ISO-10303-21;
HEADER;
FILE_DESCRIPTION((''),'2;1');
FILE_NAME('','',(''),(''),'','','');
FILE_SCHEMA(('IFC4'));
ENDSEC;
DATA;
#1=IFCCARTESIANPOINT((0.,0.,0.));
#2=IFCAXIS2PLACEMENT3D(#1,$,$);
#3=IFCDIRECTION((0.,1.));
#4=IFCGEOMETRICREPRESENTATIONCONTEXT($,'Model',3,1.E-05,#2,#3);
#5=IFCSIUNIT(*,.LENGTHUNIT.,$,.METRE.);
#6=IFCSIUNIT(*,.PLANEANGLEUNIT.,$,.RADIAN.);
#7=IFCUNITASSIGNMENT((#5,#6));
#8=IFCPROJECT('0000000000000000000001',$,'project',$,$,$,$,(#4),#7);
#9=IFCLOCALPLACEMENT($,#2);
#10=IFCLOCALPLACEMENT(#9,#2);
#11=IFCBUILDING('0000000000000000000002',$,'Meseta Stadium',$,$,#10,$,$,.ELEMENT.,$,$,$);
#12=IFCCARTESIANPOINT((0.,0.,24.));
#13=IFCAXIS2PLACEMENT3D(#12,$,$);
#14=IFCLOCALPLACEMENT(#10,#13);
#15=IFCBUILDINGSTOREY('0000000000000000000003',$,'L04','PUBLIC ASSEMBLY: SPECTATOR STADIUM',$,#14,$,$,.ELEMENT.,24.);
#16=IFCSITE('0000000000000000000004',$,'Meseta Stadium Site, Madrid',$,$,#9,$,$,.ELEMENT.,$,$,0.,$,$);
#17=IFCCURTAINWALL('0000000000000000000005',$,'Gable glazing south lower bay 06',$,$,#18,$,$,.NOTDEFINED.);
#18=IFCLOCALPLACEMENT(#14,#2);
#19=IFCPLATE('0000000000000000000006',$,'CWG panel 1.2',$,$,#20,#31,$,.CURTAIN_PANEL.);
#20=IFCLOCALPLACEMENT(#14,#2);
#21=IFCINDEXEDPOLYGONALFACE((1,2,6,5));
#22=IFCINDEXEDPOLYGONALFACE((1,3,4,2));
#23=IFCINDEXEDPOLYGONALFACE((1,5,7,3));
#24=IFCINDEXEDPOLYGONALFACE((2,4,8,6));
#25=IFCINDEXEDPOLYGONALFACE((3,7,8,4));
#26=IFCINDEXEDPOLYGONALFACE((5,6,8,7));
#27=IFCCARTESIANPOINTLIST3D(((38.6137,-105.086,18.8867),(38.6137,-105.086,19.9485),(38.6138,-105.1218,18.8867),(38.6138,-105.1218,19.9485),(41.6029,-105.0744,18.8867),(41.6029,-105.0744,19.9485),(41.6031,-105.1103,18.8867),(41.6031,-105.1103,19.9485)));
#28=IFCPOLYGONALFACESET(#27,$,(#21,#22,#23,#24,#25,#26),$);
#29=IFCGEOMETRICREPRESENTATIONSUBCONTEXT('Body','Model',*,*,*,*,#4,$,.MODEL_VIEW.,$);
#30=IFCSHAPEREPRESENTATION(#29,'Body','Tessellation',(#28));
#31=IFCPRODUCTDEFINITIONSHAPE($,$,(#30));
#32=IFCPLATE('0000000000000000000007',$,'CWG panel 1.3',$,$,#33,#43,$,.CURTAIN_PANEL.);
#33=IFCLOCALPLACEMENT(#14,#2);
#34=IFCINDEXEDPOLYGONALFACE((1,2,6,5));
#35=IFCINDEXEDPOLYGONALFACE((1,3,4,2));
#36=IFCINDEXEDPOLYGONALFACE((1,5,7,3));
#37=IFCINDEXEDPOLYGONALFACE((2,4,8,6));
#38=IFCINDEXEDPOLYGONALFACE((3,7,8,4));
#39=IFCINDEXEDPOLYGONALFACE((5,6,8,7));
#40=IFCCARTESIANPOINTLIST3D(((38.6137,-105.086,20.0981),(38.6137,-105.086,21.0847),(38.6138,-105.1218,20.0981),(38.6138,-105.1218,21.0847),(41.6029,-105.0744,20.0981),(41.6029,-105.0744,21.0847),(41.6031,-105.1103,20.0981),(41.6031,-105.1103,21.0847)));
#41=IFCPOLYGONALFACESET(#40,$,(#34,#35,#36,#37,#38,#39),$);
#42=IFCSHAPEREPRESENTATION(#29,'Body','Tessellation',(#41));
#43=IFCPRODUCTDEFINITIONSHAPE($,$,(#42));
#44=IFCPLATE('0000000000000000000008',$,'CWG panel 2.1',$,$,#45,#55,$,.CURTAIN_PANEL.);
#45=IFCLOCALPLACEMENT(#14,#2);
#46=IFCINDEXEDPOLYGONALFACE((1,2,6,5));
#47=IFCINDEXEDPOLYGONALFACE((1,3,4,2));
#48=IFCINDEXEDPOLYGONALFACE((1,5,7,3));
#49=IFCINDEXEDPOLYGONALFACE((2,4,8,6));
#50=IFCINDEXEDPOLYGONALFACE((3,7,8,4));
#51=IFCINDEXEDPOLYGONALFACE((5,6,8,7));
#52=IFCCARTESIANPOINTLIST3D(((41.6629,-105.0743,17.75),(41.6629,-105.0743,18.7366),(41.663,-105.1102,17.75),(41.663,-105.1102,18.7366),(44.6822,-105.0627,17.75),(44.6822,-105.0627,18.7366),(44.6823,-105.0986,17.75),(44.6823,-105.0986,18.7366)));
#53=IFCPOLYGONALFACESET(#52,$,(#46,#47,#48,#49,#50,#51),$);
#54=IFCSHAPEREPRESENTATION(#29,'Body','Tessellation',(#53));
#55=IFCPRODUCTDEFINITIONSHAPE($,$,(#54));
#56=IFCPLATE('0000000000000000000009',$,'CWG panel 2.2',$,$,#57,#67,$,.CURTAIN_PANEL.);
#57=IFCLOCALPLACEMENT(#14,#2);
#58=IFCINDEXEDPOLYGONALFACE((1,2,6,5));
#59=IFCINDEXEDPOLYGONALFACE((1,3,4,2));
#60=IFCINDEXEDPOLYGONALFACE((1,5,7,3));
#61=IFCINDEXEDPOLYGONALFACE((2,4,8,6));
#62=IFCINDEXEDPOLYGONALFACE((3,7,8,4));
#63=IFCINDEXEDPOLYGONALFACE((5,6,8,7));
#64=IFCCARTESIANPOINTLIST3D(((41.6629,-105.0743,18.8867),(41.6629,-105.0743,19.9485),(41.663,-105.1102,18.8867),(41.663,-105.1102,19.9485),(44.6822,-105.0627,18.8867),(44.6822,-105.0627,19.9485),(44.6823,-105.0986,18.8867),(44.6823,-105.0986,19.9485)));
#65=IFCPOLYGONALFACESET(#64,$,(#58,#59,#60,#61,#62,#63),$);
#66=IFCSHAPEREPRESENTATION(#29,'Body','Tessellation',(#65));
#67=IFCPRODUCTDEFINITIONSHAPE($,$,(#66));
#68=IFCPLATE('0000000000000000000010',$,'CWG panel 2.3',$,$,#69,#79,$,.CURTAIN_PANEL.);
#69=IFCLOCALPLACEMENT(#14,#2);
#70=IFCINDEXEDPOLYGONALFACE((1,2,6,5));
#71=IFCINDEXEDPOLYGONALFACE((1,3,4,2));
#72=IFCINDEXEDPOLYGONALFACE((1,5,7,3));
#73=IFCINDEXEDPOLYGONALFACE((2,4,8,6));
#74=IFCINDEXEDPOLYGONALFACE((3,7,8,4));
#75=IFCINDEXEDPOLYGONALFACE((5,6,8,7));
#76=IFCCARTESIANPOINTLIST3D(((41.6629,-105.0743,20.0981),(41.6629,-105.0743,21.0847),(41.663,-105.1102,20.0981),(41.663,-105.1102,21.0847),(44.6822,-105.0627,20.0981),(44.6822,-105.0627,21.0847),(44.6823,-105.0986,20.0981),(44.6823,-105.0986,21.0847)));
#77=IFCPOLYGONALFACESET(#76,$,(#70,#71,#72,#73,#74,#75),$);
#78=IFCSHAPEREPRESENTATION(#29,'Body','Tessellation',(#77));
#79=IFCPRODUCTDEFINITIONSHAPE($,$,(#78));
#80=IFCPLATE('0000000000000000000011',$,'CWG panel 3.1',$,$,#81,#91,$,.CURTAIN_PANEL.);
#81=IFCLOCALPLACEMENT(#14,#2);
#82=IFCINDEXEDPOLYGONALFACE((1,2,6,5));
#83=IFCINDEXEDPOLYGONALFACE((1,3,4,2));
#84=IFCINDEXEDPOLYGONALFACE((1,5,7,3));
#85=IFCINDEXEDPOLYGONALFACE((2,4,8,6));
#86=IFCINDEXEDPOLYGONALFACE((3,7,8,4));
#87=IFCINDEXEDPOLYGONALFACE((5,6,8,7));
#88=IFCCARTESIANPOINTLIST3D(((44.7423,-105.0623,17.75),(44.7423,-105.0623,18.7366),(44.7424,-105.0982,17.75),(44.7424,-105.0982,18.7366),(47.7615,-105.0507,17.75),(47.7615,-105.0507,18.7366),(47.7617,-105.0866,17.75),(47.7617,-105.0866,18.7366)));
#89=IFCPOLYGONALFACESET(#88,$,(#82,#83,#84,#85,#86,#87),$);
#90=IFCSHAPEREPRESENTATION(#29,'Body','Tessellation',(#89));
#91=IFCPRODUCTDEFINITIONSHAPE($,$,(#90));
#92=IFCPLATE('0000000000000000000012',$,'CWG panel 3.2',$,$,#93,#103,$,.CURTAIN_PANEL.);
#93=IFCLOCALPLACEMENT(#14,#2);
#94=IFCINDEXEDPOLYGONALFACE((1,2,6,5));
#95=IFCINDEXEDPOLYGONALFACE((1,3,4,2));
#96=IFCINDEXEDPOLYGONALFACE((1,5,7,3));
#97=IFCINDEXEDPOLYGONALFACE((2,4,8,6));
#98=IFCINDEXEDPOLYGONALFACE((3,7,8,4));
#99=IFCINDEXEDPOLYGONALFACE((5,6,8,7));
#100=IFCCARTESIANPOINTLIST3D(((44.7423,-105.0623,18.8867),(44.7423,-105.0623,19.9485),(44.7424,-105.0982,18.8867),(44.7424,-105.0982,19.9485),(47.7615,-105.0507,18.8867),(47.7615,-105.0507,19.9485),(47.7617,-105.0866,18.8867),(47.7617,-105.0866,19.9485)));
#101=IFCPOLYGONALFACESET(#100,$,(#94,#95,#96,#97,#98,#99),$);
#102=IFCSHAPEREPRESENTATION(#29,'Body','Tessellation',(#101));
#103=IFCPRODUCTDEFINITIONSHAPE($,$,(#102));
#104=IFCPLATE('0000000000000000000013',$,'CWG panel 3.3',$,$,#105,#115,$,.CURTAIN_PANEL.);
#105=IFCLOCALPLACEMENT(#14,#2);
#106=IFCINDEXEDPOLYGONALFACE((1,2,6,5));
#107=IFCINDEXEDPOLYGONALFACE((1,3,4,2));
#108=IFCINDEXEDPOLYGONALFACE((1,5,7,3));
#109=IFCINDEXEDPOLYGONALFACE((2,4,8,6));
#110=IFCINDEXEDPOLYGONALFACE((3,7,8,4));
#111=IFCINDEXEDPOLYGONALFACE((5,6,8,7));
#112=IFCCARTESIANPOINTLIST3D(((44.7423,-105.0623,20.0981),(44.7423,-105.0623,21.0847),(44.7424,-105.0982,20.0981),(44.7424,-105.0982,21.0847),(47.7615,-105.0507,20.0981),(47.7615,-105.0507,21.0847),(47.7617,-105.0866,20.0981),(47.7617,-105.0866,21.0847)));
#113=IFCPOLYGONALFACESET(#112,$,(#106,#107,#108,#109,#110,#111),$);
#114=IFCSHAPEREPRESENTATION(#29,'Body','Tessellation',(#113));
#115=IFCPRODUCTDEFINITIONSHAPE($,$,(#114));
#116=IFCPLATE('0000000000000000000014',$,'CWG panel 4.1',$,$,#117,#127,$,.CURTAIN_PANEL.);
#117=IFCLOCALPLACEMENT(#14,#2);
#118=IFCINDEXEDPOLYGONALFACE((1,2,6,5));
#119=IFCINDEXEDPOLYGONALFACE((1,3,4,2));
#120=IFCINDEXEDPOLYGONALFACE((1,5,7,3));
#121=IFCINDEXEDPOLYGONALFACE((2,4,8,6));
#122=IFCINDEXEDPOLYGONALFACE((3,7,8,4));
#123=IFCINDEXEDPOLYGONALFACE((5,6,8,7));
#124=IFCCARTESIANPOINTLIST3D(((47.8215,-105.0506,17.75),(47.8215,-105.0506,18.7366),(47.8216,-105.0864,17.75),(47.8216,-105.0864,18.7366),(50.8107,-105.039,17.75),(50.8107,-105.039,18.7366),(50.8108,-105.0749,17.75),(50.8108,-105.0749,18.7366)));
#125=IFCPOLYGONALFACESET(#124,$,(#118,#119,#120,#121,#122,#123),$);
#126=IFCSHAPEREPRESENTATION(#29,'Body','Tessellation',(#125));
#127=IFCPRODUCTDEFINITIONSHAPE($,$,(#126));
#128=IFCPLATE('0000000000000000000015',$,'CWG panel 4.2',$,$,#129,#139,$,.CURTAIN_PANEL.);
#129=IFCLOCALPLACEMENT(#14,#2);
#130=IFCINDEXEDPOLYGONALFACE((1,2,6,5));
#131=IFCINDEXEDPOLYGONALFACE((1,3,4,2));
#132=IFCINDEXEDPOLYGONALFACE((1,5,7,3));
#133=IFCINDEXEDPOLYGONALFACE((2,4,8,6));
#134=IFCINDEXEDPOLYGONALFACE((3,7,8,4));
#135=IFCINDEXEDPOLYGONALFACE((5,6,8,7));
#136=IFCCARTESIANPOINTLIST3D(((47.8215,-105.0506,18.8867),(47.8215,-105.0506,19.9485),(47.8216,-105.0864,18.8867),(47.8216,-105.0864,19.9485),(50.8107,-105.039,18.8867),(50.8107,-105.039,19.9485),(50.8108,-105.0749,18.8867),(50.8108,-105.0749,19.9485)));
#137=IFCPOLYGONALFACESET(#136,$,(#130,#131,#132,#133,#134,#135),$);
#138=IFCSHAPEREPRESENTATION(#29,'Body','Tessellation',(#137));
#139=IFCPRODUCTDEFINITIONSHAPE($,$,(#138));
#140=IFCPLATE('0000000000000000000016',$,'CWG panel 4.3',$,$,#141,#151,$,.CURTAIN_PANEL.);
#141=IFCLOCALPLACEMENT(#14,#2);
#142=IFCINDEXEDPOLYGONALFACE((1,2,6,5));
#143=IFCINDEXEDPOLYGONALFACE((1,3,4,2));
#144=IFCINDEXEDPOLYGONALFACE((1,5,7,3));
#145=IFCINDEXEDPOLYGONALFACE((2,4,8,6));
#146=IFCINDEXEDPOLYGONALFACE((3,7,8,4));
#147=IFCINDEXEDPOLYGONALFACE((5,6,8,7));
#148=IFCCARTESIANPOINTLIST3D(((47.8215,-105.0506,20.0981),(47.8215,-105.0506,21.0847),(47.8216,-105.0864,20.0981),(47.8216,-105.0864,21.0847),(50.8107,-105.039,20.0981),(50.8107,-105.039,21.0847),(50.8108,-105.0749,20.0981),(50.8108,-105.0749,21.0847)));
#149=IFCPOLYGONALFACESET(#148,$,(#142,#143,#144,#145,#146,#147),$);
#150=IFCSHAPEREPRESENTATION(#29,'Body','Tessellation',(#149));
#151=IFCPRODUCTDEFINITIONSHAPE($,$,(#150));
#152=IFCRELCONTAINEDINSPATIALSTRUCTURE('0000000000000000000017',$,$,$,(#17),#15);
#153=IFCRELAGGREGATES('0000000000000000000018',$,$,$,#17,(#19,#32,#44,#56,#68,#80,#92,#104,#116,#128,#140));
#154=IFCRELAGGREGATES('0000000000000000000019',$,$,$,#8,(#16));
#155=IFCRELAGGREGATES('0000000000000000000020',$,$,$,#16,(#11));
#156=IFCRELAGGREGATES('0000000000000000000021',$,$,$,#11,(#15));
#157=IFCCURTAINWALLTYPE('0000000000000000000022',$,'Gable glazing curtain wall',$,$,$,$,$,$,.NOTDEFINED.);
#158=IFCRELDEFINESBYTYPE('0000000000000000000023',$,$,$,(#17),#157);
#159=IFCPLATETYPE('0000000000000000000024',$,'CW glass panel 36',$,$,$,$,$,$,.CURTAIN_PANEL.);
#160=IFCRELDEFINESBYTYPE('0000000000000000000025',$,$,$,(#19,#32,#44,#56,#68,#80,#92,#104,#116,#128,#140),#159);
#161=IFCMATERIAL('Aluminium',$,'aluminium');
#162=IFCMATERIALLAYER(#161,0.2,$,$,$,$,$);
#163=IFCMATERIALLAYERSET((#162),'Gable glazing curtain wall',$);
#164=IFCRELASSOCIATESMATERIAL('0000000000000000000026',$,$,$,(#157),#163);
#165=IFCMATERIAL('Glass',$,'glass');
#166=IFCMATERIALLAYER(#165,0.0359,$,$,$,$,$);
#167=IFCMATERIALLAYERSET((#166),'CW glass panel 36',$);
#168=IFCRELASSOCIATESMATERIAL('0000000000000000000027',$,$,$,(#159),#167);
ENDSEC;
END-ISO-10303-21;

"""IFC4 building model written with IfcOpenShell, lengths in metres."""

from ifc_helpers import new_model, si_unit, direction, frame, origin, origin_2d, place, context, subcontext, project, spatial, rectangle, extrude, material, layer, layer_set, type_object, element, aggregate, save


model = new_model("IFC4")

# Units and contexts
model_context = context("Model", 3, precision=1e-05, world=origin(), true_north=direction((0.0, 1.0)))
body_context = subcontext(model_context, "Body", "Model", "MODEL_VIEW")
ifc_project = project(units=[si_unit("LENGTHUNIT", "METRE"), si_unit("PLANEANGLEUNIT", "RADIAN")], contexts=[model_context])

# Site, building, storey
site_placement = place(None, origin())
site = spatial("IfcSite", under=ifc_project, at=site_placement, Name="Meseta Stadium Site, Madrid", CompositionType="ELEMENT", RefElevation=0.0)
building_placement = place(site_placement, origin())
building = spatial("IfcBuilding", under=site, at=building_placement, Name="Meseta Stadium", CompositionType="ELEMENT")
storey_placement = place(building_placement, frame((0.0, 0.0, 24.0)))
storey = spatial("IfcBuildingStorey", under=building, at=storey_placement, Name="L04", Description="PUBLIC ASSEMBLY: SPECTATOR STADIUM", CompositionType="ELEMENT", Elevation=24.0)

# Curtain wall, plates
ifc_material_1 = material(Name="Aluminium", Category="aluminium")
ifc_layer_1 = layer(ifc_material_1, 0.2)
ifc_layer_set_1 = layer_set([ifc_layer_1], Name="Gable glazing curtain wall")
curtain_wall_type = type_object("IfcCurtainWallType", Name="Gable glazing curtain wall", PredefinedType="NOTDEFINED", material=ifc_layer_set_1)
curtain_wall_placement = place(storey_placement, origin())
curtain_wall = element("IfcCurtainWall", 1, at=curtain_wall_placement, inside=storey, type_object=curtain_wall_type, Name="Gable glazing south lower bay 06", PredefinedType="NOTDEFINED")
ifc_material_2 = material(Name="Glass", Category="glass")
ifc_layer_2 = layer(ifc_material_2, 0.0359)
ifc_layer_set_2 = layer_set([ifc_layer_2], Name="CW glass panel 36")
plate_type = type_object("IfcPlateType", Name="CW glass panel 36", PredefinedType="CURTAIN_PANEL", material=ifc_layer_set_2)
plate_1_placement = place(storey_placement, frame((40.1084, -105.0981, 18.8867), z_axis=(0.0, 0.0, 1.0), x_axis=(0.999993, 0.003848, 0.0)))
plate_1 = element("IfcPlate", 2, at=plate_1_placement, type_object=plate_type, Name="CWG panel 1.2", PredefinedType="CURTAIN_PANEL", context=body_context, shape_type="SweptSolid", body=[
    extrude(rectangle(XDim=2.9893, YDim=0.0359, at=origin_2d()), origin(), (0.0, 0.0, 1.0), 1.0618),
])
plate_2_placement = place(storey_placement, frame((40.1084, -105.0981, 20.0981), z_axis=(0.0, 0.0, 1.0), x_axis=(0.999993, 0.003848, 0.0)))
plate_2 = element("IfcPlate", 3, at=plate_2_placement, type_object=plate_type, Name="CWG panel 1.3", PredefinedType="CURTAIN_PANEL", context=body_context, shape_type="SweptSolid", body=[
    extrude(rectangle(XDim=2.9893, YDim=0.0359, at=origin_2d()), origin(), (0.0, 0.0, 1.0), 0.9866),
])
plate_3_placement = place(storey_placement, frame((43.1726, -105.0864, 17.75), z_axis=(0.0, 0.0, 1.0), x_axis=(0.999993, 0.003848, 0.0)))
plate_3 = element("IfcPlate", 4, at=plate_3_placement, type_object=plate_type, Name="CWG panel 2.1", PredefinedType="CURTAIN_PANEL", context=body_context, shape_type="SweptSolid", body=[
    extrude(rectangle(XDim=3.0193, YDim=0.0359, at=origin_2d()), origin(), (0.0, 0.0, 1.0), 0.9866),
])
plate_4_placement = place(storey_placement, frame((43.1726, -105.0864, 18.8867), z_axis=(0.0, 0.0, 1.0), x_axis=(0.999993, 0.003848, 0.0)))
plate_4 = element("IfcPlate", 5, at=plate_4_placement, type_object=plate_type, Name="CWG panel 2.2", PredefinedType="CURTAIN_PANEL", context=body_context, shape_type="SweptSolid", body=[
    extrude(rectangle(XDim=3.0193, YDim=0.0359, at=origin_2d()), origin(), (0.0, 0.0, 1.0), 1.0618),
])
plate_5_placement = place(storey_placement, frame((43.1726, -105.0864, 20.0981), z_axis=(0.0, 0.0, 1.0), x_axis=(0.999993, 0.003848, 0.0)))
plate_5 = element("IfcPlate", 6, at=plate_5_placement, type_object=plate_type, Name="CWG panel 2.3", PredefinedType="CURTAIN_PANEL", context=body_context, shape_type="SweptSolid", body=[
    extrude(rectangle(XDim=3.0193, YDim=0.0359, at=origin_2d()), origin(), (0.0, 0.0, 1.0), 0.9866),
])
plate_6_placement = place(storey_placement, frame((46.252, -105.0745, 17.75), z_axis=(0.0, 0.0, 1.0), x_axis=(0.999993, 0.003848, 0.0)))
plate_6 = element("IfcPlate", 7, at=plate_6_placement, type_object=plate_type, Name="CWG panel 3.1", PredefinedType="CURTAIN_PANEL", context=body_context, shape_type="SweptSolid", body=[
    extrude(rectangle(XDim=3.0193, YDim=0.0359, at=origin_2d()), origin(), (0.0, 0.0, 1.0), 0.9866),
])
plate_7_placement = place(storey_placement, frame((46.252, -105.0745, 18.8867), z_axis=(0.0, 0.0, 1.0), x_axis=(0.999993, 0.003848, 0.0)))
plate_7 = element("IfcPlate", 8, at=plate_7_placement, type_object=plate_type, Name="CWG panel 3.2", PredefinedType="CURTAIN_PANEL", context=body_context, shape_type="SweptSolid", body=[
    extrude(rectangle(XDim=3.0193, YDim=0.0359, at=origin_2d()), origin(), (0.0, 0.0, 1.0), 1.0618),
])
plate_8_placement = place(storey_placement, frame((46.252, -105.0745, 20.0981), z_axis=(0.0, 0.0, 1.0), x_axis=(0.999993, 0.003848, 0.0)))
plate_8 = element("IfcPlate", 9, at=plate_8_placement, type_object=plate_type, Name="CWG panel 3.3", PredefinedType="CURTAIN_PANEL", context=body_context, shape_type="SweptSolid", body=[
    extrude(rectangle(XDim=3.0193, YDim=0.0359, at=origin_2d()), origin(), (0.0, 0.0, 1.0), 0.9866),
])
plate_9_placement = place(storey_placement, frame((49.3162, -105.0627, 17.75), z_axis=(0.0, 0.0, 1.0), x_axis=(0.999993, 0.003848, 0.0)))
plate_9 = element("IfcPlate", 10, at=plate_9_placement, type_object=plate_type, Name="CWG panel 4.1", PredefinedType="CURTAIN_PANEL", context=body_context, shape_type="SweptSolid", body=[
    extrude(rectangle(XDim=2.9893, YDim=0.0359, at=origin_2d()), origin(), (0.0, 0.0, 1.0), 0.9866),
])
plate_10_placement = place(storey_placement, frame((49.3162, -105.0627, 18.8867), z_axis=(0.0, 0.0, 1.0), x_axis=(0.999993, 0.003848, 0.0)))
plate_10 = element("IfcPlate", 11, at=plate_10_placement, type_object=plate_type, Name="CWG panel 4.2", PredefinedType="CURTAIN_PANEL", context=body_context, shape_type="SweptSolid", body=[
    extrude(rectangle(XDim=2.9893, YDim=0.0359, at=origin_2d()), origin(), (0.0, 0.0, 1.0), 1.0618),
])
plate_11_placement = place(storey_placement, frame((49.3162, -105.0627, 20.0981), z_axis=(0.0, 0.0, 1.0), x_axis=(0.999993, 0.003848, 0.0)))
plate_11 = element("IfcPlate", 12, at=plate_11_placement, type_object=plate_type, Name="CWG panel 4.3", PredefinedType="CURTAIN_PANEL", context=body_context, shape_type="SweptSolid", body=[
    extrude(rectangle(XDim=2.9893, YDim=0.0359, at=origin_2d()), origin(), (0.0, 0.0, 1.0), 0.9866),
])
aggregate(curtain_wall, [plate_1, plate_2, plate_3, plate_4, plate_5, plate_6, plate_7, plate_8, plate_9, plate_10, plate_11])

save(model, "model.ifc")
